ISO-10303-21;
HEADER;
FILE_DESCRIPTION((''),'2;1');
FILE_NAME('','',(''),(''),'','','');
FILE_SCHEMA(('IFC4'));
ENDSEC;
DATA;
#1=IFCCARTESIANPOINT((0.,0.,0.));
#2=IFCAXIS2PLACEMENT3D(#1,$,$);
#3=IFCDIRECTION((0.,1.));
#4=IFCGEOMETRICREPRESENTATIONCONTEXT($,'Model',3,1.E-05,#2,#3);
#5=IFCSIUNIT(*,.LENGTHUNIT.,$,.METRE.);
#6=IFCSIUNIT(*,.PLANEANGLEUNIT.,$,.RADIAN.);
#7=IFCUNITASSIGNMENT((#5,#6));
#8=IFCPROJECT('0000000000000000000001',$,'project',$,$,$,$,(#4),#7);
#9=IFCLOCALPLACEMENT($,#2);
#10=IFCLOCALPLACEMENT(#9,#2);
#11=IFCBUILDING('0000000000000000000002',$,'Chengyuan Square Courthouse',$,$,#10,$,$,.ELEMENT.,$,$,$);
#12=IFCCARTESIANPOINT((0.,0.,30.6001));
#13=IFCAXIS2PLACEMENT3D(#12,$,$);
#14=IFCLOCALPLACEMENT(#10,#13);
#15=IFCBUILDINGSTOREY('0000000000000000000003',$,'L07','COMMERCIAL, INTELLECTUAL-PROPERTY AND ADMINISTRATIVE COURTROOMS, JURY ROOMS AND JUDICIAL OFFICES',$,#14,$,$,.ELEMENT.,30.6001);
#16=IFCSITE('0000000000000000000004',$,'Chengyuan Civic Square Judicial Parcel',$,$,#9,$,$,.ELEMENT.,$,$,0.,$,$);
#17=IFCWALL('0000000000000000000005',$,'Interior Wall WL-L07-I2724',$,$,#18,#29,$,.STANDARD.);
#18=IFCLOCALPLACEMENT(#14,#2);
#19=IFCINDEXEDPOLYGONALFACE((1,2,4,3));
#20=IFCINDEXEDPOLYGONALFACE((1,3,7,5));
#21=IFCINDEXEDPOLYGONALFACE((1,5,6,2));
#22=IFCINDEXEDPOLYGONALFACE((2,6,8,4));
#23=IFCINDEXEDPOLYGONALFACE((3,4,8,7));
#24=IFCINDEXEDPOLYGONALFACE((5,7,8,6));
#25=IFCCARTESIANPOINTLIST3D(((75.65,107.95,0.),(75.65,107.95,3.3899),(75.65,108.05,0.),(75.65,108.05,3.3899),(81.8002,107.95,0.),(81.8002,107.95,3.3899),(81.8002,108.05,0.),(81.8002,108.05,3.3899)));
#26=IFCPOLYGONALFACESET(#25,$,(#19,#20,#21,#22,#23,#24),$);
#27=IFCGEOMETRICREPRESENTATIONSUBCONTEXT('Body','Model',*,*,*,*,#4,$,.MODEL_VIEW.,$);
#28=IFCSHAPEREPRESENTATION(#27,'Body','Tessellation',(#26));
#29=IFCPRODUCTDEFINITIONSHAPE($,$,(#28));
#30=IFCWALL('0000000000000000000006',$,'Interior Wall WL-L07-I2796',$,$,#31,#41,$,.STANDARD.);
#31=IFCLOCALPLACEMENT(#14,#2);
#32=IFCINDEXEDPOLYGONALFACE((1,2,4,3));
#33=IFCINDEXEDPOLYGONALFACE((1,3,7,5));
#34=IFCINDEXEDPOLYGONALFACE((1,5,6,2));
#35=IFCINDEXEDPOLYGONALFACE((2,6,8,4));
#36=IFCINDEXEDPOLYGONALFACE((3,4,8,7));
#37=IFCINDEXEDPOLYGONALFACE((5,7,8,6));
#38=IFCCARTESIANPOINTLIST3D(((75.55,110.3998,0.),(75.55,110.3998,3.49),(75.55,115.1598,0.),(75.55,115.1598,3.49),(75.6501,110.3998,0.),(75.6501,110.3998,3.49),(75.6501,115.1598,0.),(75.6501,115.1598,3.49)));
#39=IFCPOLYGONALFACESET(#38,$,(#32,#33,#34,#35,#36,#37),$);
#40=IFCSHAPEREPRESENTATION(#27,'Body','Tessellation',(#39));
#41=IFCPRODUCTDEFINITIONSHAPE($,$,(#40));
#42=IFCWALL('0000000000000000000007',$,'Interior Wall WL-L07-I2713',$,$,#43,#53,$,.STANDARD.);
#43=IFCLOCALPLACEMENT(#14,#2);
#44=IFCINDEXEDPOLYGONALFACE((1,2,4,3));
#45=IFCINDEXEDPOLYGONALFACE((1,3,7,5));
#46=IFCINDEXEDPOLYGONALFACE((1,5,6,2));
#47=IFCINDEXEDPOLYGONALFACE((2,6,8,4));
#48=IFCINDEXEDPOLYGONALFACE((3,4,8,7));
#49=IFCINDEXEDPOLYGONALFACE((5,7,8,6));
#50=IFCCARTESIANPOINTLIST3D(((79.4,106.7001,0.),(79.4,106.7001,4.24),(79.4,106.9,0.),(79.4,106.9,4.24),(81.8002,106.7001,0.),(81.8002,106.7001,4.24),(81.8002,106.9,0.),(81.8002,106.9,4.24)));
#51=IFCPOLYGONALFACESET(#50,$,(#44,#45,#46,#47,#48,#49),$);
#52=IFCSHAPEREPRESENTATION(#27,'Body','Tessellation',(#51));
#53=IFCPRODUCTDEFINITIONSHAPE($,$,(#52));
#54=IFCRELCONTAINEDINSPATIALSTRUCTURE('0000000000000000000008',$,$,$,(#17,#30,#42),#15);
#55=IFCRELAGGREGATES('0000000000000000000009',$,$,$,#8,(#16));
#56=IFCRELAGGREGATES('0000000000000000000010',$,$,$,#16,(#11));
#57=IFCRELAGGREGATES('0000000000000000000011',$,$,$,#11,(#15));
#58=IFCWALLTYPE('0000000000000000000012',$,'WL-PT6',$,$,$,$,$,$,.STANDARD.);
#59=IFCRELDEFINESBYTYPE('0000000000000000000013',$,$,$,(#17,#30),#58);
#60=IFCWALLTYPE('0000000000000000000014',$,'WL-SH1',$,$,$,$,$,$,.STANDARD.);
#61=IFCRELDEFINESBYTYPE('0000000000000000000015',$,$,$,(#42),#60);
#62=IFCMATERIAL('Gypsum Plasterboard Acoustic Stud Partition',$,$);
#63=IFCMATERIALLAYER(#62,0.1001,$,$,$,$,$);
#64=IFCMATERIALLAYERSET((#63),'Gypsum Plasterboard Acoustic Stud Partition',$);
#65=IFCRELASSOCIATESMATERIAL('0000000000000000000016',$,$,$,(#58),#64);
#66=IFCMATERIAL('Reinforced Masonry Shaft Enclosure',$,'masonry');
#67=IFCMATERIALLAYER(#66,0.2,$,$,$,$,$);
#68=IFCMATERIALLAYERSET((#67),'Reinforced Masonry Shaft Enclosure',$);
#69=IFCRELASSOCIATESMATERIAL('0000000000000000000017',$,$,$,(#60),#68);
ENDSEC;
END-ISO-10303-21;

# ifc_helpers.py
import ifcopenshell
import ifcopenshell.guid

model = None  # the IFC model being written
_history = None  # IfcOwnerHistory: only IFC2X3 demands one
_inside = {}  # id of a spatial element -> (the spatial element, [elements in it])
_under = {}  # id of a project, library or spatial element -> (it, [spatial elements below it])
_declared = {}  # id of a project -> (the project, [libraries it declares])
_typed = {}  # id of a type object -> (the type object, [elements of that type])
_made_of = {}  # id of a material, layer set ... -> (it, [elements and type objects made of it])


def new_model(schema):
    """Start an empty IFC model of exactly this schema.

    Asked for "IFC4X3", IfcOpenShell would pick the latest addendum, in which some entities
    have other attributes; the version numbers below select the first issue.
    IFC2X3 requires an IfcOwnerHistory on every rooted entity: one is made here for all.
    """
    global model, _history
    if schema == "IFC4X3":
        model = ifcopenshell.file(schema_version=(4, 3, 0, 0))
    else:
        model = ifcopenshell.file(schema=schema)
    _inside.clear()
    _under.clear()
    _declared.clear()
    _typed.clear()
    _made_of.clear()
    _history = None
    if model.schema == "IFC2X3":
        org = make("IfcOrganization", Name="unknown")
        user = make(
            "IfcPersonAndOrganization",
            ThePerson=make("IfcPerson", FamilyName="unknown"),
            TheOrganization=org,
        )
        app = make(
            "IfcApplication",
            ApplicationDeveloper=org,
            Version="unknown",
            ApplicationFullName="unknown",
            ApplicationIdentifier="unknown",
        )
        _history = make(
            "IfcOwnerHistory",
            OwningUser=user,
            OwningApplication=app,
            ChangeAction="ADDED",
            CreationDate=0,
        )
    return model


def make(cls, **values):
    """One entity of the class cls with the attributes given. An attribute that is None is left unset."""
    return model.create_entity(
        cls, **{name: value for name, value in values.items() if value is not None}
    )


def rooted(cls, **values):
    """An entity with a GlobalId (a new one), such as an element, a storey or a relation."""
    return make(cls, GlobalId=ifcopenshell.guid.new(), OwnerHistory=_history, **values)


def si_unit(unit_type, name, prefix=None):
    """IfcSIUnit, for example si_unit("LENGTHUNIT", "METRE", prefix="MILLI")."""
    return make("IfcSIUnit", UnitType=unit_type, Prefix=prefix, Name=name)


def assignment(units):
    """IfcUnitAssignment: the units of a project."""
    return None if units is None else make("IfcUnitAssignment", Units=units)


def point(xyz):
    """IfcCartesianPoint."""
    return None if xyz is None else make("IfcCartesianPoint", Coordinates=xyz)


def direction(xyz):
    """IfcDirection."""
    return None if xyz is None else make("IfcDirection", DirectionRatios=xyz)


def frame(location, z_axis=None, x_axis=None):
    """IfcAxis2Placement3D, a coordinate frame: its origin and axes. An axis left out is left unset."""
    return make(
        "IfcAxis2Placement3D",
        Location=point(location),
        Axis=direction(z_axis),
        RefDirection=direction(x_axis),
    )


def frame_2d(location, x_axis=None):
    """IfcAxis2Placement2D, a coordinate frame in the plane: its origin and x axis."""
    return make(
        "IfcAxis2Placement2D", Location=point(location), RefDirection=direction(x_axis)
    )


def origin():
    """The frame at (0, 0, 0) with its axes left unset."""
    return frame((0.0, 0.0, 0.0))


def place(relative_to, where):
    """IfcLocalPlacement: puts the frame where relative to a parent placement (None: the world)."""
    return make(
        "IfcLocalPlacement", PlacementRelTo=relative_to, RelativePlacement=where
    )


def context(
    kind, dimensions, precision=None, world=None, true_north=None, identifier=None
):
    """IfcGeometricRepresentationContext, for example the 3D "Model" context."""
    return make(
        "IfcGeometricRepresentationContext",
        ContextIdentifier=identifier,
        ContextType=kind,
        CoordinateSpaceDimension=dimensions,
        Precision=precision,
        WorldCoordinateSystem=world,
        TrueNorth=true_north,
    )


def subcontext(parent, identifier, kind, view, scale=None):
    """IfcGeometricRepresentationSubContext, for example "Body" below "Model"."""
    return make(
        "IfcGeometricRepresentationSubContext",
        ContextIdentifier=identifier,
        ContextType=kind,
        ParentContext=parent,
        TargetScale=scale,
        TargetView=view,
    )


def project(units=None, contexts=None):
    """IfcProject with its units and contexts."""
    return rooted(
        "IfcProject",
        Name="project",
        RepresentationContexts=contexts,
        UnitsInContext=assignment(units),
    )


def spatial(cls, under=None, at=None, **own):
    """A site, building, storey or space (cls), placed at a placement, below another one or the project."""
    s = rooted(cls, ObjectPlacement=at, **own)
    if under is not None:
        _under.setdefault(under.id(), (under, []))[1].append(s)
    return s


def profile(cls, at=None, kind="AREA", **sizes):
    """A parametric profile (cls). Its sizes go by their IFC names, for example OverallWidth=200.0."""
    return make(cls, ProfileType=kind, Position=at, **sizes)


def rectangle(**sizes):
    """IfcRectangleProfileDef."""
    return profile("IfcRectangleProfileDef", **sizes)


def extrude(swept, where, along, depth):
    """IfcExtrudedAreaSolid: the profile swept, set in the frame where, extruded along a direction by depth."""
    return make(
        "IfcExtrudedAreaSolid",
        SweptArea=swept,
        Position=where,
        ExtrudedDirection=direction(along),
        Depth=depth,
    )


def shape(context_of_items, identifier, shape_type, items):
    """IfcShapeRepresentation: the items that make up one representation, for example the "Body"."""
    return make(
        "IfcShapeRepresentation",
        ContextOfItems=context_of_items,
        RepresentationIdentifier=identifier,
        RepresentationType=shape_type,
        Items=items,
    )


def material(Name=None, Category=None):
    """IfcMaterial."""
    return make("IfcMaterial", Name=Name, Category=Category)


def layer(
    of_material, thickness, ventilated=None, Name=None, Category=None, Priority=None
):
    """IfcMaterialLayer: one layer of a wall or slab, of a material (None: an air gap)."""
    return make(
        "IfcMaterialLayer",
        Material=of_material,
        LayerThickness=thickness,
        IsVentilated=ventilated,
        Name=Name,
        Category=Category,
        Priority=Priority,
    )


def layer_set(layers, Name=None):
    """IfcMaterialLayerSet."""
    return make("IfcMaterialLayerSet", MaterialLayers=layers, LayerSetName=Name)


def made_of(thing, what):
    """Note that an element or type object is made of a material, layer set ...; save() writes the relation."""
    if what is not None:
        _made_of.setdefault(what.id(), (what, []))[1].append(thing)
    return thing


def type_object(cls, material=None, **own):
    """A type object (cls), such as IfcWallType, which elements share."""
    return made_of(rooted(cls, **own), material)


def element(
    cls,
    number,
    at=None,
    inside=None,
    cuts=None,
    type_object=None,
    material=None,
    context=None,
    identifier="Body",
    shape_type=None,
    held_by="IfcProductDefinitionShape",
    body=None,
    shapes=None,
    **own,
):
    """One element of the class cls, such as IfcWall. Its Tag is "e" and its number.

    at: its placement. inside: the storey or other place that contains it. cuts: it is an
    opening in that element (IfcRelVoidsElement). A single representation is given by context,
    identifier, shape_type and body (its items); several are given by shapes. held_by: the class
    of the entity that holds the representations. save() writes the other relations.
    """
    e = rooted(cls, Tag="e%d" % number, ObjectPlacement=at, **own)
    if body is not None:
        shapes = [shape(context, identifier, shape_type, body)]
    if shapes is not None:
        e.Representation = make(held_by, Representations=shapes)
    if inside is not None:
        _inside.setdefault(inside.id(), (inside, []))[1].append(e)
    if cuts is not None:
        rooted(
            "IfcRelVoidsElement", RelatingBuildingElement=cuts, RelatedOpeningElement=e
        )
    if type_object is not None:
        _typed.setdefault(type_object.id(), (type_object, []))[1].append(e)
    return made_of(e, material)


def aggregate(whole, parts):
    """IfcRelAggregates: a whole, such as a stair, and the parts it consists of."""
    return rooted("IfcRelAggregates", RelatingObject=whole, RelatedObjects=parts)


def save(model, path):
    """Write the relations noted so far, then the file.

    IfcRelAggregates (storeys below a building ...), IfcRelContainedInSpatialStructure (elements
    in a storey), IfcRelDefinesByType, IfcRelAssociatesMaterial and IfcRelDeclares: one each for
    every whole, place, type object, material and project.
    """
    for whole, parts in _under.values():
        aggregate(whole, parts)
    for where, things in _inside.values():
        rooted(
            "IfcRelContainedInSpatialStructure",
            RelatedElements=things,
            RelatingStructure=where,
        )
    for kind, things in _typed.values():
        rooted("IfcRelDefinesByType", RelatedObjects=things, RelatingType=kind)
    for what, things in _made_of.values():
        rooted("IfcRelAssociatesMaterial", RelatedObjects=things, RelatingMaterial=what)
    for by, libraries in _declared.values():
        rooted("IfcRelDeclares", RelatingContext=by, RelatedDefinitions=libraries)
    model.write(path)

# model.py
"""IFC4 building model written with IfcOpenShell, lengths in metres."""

from ifc_helpers import new_model, si_unit, direction, frame, frame_2d, origin, place, context, subcontext, project, spatial, rectangle, extrude, material, layer, layer_set, type_object, element, save


model = new_model("IFC4")

# Units and contexts
model_context = context("Model", 3, precision=1e-05, world=origin(), true_north=direction((0.0, 1.0)))
body_context = subcontext(model_context, "Body", "Model", "MODEL_VIEW")
ifc_project = project(units=[si_unit("LENGTHUNIT", "METRE"), si_unit("PLANEANGLEUNIT", "RADIAN")], contexts=[model_context])

# Site, building, storey
site_placement = place(None, origin())
site = spatial("IfcSite", under=ifc_project, at=site_placement, Name="Chengyuan Civic Square Judicial Parcel", CompositionType="ELEMENT", RefElevation=0.0)
building_placement = place(site_placement, origin())
building = spatial("IfcBuilding", under=site, at=building_placement, Name="Chengyuan Square Courthouse", CompositionType="ELEMENT")
storey_placement = place(building_placement, frame((0.0, 0.0, 30.6001)))
storey = spatial("IfcBuildingStorey", under=building, at=storey_placement, Name="L07", Description="COMMERCIAL, INTELLECTUAL-PROPERTY AND ADMINISTRATIVE COURTROOMS, JURY ROOMS AND JUDICIAL OFFICES", CompositionType="ELEMENT", Elevation=30.6001)

# Walls
ifc_material_1 = material(Name="Gypsum Plasterboard Acoustic Stud Partition")
ifc_layer_1 = layer(ifc_material_1, 0.1001)
ifc_layer_set_1 = layer_set([ifc_layer_1], Name="Gypsum Plasterboard Acoustic Stud Partition")
wall_type_1 = type_object("IfcWallType", Name="WL-PT6", PredefinedType="STANDARD", material=ifc_layer_set_1)
wall_1_placement = place(storey_placement, frame((75.6499, 108.0, 0.0), z_axis=(0.0, 0.0, 1.0), x_axis=(1.0, 0.0, 0.0)))
element("IfcWall", 1, at=wall_1_placement, inside=storey, type_object=wall_type_1, Name="Interior Wall WL-L07-I2724", PredefinedType="STANDARD", context=body_context, shape_type="SweptSolid", body=[
    extrude(rectangle(XDim=6.1501, YDim=0.1001, at=frame_2d((3.0752, 0.0))), origin(), (0.0, 0.0, 1.0), 3.3899),
])
wall_2_placement = place(storey_placement, frame((75.6001, 110.3999, 0.0), z_axis=(0.0, 0.0, 1.0), x_axis=(0.0, 1.0, 0.0)))
element("IfcWall", 2, at=wall_2_placement, inside=storey, type_object=wall_type_1, Name="Interior Wall WL-L07-I2796", PredefinedType="STANDARD", context=body_context, shape_type="SweptSolid", body=[
    extrude(rectangle(XDim=4.76, YDim=0.1001, at=frame_2d((2.3799, 0.0))), origin(), (0.0, 0.0, 1.0), 3.49),
])
ifc_material_2 = material(Name="Reinforced Masonry Shaft Enclosure", Category="masonry")
ifc_layer_2 = layer(ifc_material_2, 0.2)
ifc_layer_set_2 = layer_set([ifc_layer_2], Name="Reinforced Masonry Shaft Enclosure")
wall_type_2 = type_object("IfcWallType", Name="WL-SH1", PredefinedType="STANDARD", material=ifc_layer_set_2)
wall_3_placement = place(storey_placement, frame((79.3999, 106.8, 0.0), z_axis=(0.0, 0.0, 1.0), x_axis=(1.0, 0.0, 0.0)))
element("IfcWall", 3, at=wall_3_placement, inside=storey, type_object=wall_type_2, Name="Interior Wall WL-L07-I2713", PredefinedType="STANDARD", context=body_context, shape_type="SweptSolid", body=[
    extrude(rectangle(XDim=2.4001, YDim=0.2, at=frame_2d((1.2002, 0.0))), origin(), (0.0, 0.0, 1.0), 4.24),
])

save(model, "model.ifc")
